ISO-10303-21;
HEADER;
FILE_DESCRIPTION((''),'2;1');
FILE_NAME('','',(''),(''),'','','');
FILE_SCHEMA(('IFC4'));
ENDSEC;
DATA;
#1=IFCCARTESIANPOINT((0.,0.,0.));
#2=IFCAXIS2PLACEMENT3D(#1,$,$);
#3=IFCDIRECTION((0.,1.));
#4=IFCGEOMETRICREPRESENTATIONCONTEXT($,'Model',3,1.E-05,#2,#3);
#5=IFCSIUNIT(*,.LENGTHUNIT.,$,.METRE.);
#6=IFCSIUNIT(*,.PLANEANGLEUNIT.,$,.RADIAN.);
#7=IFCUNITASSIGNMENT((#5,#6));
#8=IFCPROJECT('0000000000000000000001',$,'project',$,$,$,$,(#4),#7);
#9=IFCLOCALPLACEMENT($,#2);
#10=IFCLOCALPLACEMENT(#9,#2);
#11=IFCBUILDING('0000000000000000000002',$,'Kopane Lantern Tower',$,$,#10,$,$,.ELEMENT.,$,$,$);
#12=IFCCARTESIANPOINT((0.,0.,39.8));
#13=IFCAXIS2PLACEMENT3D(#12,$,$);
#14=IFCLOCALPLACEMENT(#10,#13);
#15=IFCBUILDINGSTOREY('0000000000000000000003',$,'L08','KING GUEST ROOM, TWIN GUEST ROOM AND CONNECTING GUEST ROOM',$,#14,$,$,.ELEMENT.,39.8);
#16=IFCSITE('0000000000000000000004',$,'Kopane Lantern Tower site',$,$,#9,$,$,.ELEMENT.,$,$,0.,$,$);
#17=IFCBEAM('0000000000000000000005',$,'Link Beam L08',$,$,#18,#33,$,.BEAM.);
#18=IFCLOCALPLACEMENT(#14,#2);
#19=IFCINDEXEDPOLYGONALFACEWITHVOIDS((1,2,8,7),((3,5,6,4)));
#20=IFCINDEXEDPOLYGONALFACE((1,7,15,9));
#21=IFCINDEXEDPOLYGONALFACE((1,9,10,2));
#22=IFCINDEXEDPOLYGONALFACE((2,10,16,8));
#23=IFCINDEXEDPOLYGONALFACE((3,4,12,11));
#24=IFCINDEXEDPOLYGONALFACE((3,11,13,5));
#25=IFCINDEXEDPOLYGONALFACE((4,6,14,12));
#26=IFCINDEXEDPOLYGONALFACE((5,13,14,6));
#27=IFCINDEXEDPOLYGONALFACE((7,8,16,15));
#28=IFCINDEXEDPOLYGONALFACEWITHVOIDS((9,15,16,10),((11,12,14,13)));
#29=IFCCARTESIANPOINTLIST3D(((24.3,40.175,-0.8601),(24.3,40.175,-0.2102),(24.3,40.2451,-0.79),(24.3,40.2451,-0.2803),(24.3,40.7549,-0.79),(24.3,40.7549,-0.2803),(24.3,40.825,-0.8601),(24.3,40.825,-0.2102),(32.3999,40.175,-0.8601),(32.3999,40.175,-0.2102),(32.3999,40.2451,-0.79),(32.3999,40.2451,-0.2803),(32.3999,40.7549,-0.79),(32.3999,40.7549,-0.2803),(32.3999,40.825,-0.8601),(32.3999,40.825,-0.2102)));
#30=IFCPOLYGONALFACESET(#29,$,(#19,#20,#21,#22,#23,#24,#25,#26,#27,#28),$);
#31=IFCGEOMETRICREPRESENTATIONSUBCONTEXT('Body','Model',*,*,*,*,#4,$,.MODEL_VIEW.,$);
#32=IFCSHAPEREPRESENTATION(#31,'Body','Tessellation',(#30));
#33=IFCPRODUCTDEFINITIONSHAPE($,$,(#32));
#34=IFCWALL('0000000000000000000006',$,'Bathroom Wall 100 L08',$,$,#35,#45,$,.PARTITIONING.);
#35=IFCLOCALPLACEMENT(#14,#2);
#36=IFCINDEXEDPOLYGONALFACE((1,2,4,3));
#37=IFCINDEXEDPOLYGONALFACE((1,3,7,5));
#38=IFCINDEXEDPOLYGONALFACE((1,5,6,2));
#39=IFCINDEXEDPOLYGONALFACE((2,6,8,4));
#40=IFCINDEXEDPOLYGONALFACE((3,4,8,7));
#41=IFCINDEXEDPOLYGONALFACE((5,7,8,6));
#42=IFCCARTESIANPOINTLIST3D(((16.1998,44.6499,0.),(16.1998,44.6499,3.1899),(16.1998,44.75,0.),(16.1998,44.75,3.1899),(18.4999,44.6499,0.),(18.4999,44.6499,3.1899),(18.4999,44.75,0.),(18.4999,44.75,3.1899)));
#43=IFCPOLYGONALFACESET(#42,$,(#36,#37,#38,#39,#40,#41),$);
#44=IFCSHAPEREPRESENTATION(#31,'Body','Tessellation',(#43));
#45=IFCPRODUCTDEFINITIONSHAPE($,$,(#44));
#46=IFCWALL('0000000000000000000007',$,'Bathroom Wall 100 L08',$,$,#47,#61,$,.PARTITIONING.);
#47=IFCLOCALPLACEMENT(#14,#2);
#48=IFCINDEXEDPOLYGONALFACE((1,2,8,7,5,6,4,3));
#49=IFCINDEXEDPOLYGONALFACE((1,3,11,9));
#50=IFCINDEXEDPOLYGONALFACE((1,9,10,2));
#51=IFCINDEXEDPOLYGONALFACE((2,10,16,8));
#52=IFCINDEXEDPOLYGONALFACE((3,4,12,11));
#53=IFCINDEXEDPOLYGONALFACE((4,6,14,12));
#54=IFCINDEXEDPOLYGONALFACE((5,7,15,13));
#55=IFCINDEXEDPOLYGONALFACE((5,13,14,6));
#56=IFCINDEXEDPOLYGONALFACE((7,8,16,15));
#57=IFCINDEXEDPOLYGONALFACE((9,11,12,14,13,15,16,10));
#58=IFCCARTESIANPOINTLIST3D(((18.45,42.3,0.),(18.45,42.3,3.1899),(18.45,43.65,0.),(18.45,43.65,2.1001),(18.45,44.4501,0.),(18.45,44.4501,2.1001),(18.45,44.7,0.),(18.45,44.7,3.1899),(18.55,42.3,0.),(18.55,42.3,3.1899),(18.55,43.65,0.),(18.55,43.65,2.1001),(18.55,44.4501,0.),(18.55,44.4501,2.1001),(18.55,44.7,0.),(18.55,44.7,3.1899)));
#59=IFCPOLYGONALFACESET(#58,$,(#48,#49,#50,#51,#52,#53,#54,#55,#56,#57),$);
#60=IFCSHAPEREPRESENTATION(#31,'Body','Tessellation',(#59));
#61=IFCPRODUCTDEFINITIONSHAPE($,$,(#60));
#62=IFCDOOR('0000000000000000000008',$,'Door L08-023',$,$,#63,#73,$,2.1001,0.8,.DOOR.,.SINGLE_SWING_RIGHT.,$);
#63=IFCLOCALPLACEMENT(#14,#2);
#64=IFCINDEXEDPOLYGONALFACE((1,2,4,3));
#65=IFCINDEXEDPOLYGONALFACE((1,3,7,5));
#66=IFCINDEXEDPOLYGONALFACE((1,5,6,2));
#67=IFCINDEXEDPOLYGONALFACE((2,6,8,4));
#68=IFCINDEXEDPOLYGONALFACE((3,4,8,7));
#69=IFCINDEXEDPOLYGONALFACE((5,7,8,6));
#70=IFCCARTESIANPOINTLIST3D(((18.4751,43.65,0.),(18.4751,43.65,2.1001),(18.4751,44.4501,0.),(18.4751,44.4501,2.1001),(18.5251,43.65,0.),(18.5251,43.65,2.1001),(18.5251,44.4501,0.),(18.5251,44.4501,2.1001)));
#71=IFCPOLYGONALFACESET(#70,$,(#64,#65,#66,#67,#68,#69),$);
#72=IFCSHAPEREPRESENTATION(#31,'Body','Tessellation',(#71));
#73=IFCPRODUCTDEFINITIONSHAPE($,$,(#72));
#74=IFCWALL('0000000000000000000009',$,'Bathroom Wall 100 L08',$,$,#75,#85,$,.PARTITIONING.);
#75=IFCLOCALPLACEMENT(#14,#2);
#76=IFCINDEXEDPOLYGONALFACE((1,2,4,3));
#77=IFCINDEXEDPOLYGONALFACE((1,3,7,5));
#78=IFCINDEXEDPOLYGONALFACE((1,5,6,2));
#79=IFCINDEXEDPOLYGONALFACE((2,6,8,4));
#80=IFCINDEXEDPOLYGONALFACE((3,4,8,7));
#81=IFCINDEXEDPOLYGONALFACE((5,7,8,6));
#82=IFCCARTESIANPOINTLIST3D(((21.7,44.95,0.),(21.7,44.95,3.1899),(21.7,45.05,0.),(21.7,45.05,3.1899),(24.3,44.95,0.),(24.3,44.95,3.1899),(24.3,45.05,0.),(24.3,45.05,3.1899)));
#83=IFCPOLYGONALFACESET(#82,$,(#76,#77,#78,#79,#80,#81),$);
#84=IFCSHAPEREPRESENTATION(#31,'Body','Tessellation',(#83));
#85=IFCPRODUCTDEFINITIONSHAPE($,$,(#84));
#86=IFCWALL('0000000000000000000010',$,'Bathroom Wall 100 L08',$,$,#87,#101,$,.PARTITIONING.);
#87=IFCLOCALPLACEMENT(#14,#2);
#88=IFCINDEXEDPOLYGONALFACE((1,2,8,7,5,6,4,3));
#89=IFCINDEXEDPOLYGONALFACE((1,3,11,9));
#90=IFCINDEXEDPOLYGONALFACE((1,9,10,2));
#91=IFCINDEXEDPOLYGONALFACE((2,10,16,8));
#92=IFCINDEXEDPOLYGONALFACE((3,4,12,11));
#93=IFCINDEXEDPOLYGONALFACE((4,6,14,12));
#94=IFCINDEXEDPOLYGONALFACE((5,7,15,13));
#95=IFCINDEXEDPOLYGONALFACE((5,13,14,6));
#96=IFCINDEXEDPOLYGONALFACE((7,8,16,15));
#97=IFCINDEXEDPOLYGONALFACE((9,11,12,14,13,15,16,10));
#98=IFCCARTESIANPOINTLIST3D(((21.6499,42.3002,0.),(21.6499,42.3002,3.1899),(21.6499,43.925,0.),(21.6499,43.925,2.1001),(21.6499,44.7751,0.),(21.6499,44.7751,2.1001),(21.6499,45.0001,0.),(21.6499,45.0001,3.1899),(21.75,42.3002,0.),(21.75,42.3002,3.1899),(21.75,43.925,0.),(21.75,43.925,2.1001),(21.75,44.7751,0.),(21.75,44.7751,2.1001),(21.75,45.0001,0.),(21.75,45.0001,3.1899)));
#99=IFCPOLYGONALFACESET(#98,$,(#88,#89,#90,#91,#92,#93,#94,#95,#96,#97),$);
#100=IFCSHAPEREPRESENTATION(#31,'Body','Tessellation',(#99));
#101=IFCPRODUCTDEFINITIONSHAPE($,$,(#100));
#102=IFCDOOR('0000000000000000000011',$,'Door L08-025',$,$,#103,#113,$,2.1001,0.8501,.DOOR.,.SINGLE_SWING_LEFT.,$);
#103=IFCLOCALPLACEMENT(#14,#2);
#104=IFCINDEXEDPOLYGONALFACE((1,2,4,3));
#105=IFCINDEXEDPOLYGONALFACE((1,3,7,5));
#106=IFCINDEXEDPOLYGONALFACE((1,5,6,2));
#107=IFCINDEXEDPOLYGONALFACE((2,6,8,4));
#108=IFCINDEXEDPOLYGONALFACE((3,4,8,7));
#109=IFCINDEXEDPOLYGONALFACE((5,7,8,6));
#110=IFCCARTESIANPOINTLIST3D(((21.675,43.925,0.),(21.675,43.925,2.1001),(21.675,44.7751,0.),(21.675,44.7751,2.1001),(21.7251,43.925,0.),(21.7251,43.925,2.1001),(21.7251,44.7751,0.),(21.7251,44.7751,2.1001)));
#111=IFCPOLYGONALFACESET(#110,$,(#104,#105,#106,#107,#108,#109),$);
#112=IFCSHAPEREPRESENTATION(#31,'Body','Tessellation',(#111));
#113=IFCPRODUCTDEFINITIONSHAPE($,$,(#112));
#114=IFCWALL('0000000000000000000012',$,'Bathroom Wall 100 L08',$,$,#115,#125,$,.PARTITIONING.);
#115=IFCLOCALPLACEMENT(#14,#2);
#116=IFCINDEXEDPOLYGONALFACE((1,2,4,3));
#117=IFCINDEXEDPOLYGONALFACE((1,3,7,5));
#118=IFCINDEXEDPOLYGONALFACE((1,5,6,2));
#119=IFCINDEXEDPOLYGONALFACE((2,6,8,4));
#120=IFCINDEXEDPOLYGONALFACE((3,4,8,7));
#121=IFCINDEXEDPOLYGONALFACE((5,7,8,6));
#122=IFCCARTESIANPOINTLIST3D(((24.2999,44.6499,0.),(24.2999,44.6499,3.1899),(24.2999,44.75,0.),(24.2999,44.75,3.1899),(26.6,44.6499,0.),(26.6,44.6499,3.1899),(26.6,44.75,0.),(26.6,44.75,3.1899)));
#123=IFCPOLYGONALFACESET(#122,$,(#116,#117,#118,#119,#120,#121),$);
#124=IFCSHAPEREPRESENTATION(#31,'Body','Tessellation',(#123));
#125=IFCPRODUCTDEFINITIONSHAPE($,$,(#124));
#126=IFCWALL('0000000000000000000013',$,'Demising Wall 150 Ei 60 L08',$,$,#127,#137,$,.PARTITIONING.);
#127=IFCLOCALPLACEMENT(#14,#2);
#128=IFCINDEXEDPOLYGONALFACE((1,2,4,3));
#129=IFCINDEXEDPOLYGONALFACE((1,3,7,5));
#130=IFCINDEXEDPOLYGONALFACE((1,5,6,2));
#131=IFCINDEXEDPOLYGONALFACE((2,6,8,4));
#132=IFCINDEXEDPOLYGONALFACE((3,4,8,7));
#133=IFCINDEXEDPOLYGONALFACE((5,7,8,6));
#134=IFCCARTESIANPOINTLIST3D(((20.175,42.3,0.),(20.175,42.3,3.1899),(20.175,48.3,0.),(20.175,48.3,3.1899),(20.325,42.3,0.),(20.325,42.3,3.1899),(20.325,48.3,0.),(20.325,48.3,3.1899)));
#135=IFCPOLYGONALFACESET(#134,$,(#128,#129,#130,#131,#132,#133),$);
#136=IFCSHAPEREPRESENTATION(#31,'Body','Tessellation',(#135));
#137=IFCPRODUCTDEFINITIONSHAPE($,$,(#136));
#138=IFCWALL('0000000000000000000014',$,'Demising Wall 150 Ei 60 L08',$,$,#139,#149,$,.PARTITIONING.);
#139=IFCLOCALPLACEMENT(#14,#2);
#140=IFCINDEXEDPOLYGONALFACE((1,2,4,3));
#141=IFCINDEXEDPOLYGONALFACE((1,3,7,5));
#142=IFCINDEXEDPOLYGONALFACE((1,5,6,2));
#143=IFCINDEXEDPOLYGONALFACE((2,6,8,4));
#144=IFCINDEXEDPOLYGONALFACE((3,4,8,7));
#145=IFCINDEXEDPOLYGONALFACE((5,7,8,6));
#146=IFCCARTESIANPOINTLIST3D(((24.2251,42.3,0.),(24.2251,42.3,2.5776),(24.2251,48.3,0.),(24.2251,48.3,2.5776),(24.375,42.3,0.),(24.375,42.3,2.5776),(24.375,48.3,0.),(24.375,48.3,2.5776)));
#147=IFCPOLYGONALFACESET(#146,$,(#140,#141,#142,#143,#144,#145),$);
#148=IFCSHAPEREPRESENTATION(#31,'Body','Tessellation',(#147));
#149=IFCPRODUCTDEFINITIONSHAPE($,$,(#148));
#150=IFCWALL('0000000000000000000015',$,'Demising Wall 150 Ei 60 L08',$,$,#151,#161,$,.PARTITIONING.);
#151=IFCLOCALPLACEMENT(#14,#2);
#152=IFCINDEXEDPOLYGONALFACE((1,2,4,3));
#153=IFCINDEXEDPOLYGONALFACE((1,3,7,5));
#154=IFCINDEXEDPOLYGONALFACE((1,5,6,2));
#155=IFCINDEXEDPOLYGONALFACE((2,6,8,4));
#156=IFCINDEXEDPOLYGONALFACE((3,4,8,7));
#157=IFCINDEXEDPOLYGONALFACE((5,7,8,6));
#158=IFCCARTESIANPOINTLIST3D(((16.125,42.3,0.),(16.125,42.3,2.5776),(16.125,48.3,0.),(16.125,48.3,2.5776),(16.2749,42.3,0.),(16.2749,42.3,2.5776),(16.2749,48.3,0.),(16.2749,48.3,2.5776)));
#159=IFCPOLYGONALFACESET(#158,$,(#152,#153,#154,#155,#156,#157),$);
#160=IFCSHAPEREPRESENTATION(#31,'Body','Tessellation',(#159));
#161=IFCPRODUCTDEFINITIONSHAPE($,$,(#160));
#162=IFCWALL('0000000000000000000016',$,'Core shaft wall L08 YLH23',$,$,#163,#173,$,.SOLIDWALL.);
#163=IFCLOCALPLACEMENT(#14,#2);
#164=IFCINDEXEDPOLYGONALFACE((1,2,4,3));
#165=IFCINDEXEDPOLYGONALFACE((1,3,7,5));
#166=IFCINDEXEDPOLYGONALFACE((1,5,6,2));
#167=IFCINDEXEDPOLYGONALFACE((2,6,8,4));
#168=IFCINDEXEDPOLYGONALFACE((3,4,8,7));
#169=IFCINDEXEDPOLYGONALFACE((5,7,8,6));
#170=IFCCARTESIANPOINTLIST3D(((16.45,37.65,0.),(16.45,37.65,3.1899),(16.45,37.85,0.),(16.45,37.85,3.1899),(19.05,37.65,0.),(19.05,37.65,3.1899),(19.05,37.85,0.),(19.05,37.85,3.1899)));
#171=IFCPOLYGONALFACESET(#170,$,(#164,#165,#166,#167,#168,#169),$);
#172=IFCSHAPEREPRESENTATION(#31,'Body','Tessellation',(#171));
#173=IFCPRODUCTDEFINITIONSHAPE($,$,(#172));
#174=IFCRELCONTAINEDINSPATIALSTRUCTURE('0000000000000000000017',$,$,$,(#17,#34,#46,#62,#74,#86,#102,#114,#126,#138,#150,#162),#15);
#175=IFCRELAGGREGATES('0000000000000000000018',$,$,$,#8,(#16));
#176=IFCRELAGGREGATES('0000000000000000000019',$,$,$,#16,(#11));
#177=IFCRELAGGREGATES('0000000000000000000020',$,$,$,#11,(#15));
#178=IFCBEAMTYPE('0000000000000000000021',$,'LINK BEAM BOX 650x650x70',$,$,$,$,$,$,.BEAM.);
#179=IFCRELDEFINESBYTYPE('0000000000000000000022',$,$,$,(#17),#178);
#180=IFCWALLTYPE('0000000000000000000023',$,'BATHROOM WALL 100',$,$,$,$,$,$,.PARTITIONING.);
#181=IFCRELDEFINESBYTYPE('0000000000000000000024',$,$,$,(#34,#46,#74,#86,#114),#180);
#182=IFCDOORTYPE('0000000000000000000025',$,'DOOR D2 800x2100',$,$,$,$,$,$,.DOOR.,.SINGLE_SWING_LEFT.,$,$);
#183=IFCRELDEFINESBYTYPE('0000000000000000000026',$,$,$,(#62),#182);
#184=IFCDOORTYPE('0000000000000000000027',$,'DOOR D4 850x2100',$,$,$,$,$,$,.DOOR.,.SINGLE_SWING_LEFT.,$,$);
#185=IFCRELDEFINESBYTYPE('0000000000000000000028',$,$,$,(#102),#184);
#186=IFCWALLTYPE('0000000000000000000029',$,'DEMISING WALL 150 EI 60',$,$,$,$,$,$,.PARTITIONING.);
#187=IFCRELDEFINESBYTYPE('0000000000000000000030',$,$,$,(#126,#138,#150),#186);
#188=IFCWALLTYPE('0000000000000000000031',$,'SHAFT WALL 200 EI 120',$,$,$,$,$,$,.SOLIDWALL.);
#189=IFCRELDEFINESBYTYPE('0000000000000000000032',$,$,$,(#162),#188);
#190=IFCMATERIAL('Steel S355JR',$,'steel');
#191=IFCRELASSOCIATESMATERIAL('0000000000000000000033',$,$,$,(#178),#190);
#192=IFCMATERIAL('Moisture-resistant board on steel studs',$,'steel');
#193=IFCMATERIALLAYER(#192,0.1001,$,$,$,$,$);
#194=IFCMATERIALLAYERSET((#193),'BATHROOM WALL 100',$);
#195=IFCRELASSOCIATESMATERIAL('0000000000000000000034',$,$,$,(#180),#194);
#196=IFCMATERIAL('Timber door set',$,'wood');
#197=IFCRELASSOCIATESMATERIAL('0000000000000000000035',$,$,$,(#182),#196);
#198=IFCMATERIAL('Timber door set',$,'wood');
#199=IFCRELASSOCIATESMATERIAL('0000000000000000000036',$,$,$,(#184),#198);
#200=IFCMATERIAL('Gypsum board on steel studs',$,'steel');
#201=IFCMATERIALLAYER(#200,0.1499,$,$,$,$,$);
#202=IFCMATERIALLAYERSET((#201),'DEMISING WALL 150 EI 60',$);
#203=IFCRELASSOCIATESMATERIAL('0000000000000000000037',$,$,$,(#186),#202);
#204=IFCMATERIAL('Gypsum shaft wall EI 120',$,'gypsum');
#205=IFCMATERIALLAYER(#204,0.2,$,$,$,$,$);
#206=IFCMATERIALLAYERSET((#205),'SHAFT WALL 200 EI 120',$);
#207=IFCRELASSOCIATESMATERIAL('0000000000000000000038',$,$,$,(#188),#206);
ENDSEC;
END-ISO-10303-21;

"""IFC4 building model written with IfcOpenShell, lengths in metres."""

from ifc_helpers import new_model, si_unit, direction, frame, frame_2d, origin, origin_2d, place, context, subcontext, project, spatial, rectangle, hollow_rectangle, extrude, material, layer, layer_set, material_profile, profile_set, type_object, element, fill, save


model = new_model("IFC4")

# Units and contexts
model_context = context("Model", 3, precision=1e-05, world=origin(), true_north=direction((0.0, 1.0)))
body_context = subcontext(model_context, "Body", "Model", "MODEL_VIEW")
ifc_project = project(units=[si_unit("LENGTHUNIT", "METRE"), si_unit("PLANEANGLEUNIT", "RADIAN")], contexts=[model_context])

# Site, building, storey
site_placement = place(None, origin())
site = spatial("IfcSite", under=ifc_project, at=site_placement, Name="Kopane Lantern Tower site", CompositionType="ELEMENT", RefElevation=0.0)
building_placement = place(site_placement, origin())
building = spatial("IfcBuilding", under=site, at=building_placement, Name="Kopane Lantern Tower", CompositionType="ELEMENT")
storey_placement = place(building_placement, frame((0.0, 0.0, 39.8)))
storey = spatial("IfcBuildingStorey", under=building, at=storey_placement, Name="L08", Description="KING GUEST ROOM, TWIN GUEST ROOM AND CONNECTING GUEST ROOM", CompositionType="ELEMENT", Elevation=39.8)

# Beam
ifc_material_1 = material(Name="Steel S355JR", Category="steel")
ifc_material_profile_1 = material_profile(ifc_material_1, hollow_rectangle(XDim=0.6499, YDim=0.6499, WallThickness=0.0701, at=origin_2d()), Name="BOX 650x650x70")
ifc_profile_set_1 = profile_set([ifc_material_profile_1], Name="Steel S355JR")
beam_type_1 = type_object("IfcBeamType", Name="LINK BEAM BOX 650x650x70", PredefinedType="BEAM", material=ifc_profile_set_1)
beam_1_placement = place(storey_placement, frame((24.3, 40.5, -0.5352), z_axis=(1.0, 0.0, 0.0), x_axis=(0.0, 1.0, 0.0)))
element("IfcBeam", 1, at=beam_1_placement, inside=storey, type_object=beam_type_1, Name="Link Beam L08", PredefinedType="BEAM", context=body_context, shape_type="SweptSolid", body=[
    extrude(hollow_rectangle(XDim=0.6499, YDim=0.6499, WallThickness=0.0701, at=origin_2d()), origin(), (0.0, 0.0, 1.0), 8.0999),
])

# Wall
ifc_material_2 = material(Name="Moisture-resistant board on steel studs", Category="steel")
ifc_layer_1 = layer(ifc_material_2, 0.1001)
ifc_layer_set_1 = layer_set([ifc_layer_1], Name="BATHROOM WALL 100")
wall_type_1 = type_object("IfcWallType", Name="BATHROOM WALL 100", PredefinedType="PARTITIONING", material=ifc_layer_set_1)
wall_1_placement = place(storey_placement, frame((16.2, 44.7, 0.0), z_axis=(0.0, 0.0, 1.0), x_axis=(1.0, 0.0, 0.0)))
element("IfcWall", 2, at=wall_1_placement, inside=storey, type_object=wall_type_1, Name="Bathroom Wall 100 L08", PredefinedType="PARTITIONING", context=body_context, shape_type="SweptSolid", body=[
    extrude(rectangle(XDim=2.3, YDim=0.1001, at=frame_2d((1.1499, 0.0))), origin(), (0.0, 0.0, 1.0), 3.1899),
])

# Wall, opening, door
wall_2_placement = place(storey_placement, frame((18.5, 42.3, 0.0), z_axis=(0.0, 0.0, 1.0), x_axis=(0.0, 1.0, 0.0)))
wall_2 = element("IfcWall", 3, at=wall_2_placement, inside=storey, type_object=wall_type_1, Name="Bathroom Wall 100 L08", PredefinedType="PARTITIONING", context=body_context, shape_type="SweptSolid", body=[
    extrude(rectangle(XDim=2.3999, YDim=0.1001, at=frame_2d((1.2, 0.0))), origin(), (0.0, 0.0, 1.0), 3.1899),
])
opening_1_placement = place(wall_2_placement, frame((1.3501, 0.0, 0.0)))
opening_1 = element("IfcOpeningElement", 4, at=opening_1_placement, cuts=wall_2, PredefinedType="OPENING", context=body_context, shape_type="SweptSolid", body=[
    extrude(rectangle(XDim=0.8, YDim=2.1001, at=frame_2d((0.3999, 1.05))), frame((0.0, 0.0601, 0.0), z_axis=(0.0, -1.0, 0.0), x_axis=(1.0, 0.0, 0.0)), (0.0, 0.0, 1.0), 0.1201),
])
ifc_material_3 = material(Name="Timber door set", Category="wood")
door_type_1 = type_object("IfcDoorType", Name="DOOR D2 800x2100", OperationType="SINGLE_SWING_LEFT", PredefinedType="DOOR", material=ifc_material_3)
door_1_placement = place(opening_1_placement, origin())
door_1 = element("IfcDoor", 5, at=door_1_placement, inside=storey, type_object=door_type_1, Name="Door L08-023", OperationType="SINGLE_SWING_RIGHT", OverallHeight=2.1001, OverallWidth=0.8, PredefinedType="DOOR", context=body_context, shape_type="SweptSolid", body=[
    extrude(rectangle(XDim=0.8, YDim=2.1001, at=frame_2d((0.3999, 1.05))), frame((0.0, 0.0249, 0.0), z_axis=(0.0, -1.0, 0.0), x_axis=(1.0, 0.0, 0.0)), (0.0, 0.0, 1.0), 0.05),
])
fill(opening_1, door_1)

# Wall
wall_3_placement = place(storey_placement, frame((21.7, 45.0, 0.0), z_axis=(0.0, 0.0, 1.0), x_axis=(1.0, 0.0, 0.0)))
element("IfcWall", 6, at=wall_3_placement, inside=storey, type_object=wall_type_1, Name="Bathroom Wall 100 L08", PredefinedType="PARTITIONING", context=body_context, shape_type="SweptSolid", body=[
    extrude(rectangle(XDim=2.6001, YDim=0.1001, at=frame_2d((1.3, 0.0))), origin(), (0.0, 0.0, 1.0), 3.1899),
])

# Wall, opening, door
wall_4_placement = place(storey_placement, frame((21.7, 42.3, 0.0), z_axis=(0.0, 0.0, 1.0), x_axis=(0.0, 1.0, 0.0)))
wall_4 = element("IfcWall", 7, at=wall_4_placement, inside=storey, type_object=wall_type_1, Name="Bathroom Wall 100 L08", PredefinedType="PARTITIONING", context=body_context, shape_type="SweptSolid", body=[
    extrude(rectangle(XDim=2.7, YDim=0.1001, at=frame_2d((1.3501, 0.0))), origin(), (0.0, 0.0, 1.0), 3.1899),
])
opening_2_placement = place(wall_4_placement, frame((1.625, 0.0, 0.0)))
opening_2 = element("IfcOpeningElement", 8, at=opening_2_placement, cuts=wall_4, PredefinedType="OPENING", context=body_context, shape_type="SweptSolid", body=[
    extrude(rectangle(XDim=0.8501, YDim=2.1001, at=frame_2d((0.425, 1.05))), frame((0.0, 0.0601, 0.0), z_axis=(0.0, -1.0, 0.0), x_axis=(1.0, 0.0, 0.0)), (0.0, 0.0, 1.0), 0.1201),
])
ifc_material_4 = material(Name="Timber door set", Category="wood")
door_type_2 = type_object("IfcDoorType", Name="DOOR D4 850x2100", OperationType="SINGLE_SWING_LEFT", PredefinedType="DOOR", material=ifc_material_4)
door_2_placement = place(opening_2_placement, origin())
door_2 = element("IfcDoor", 9, at=door_2_placement, inside=storey, type_object=door_type_2, Name="Door L08-025", OperationType="SINGLE_SWING_LEFT", OverallHeight=2.1001, OverallWidth=0.8501, PredefinedType="DOOR", context=body_context, shape_type="SweptSolid", body=[
    extrude(rectangle(XDim=0.8501, YDim=2.1001, at=frame_2d((0.425, 1.05))), frame((0.0, 0.0249, 0.0), z_axis=(0.0, -1.0, 0.0), x_axis=(1.0, 0.0, 0.0)), (0.0, 0.0, 1.0), 0.05),
])
fill(opening_2, door_2)

# Walls
wall_5_placement = place(storey_placement, frame((24.3, 44.7, 0.0), z_axis=(0.0, 0.0, 1.0), x_axis=(1.0, 0.0, 0.0)))
element("IfcWall", 10, at=wall_5_placement, inside=storey, type_object=wall_type_1, Name="Bathroom Wall 100 L08", PredefinedType="PARTITIONING", context=body_context, shape_type="SweptSolid", body=[
    extrude(rectangle(XDim=2.3, YDim=0.1001, at=frame_2d((1.1499, 0.0))), origin(), (0.0, 0.0, 1.0), 3.1899),
])
ifc_material_5 = material(Name="Gypsum board on steel studs", Category="steel")
ifc_layer_2 = layer(ifc_material_5, 0.1499)
ifc_layer_set_2 = layer_set([ifc_layer_2], Name="DEMISING WALL 150 EI 60")
wall_type_2 = type_object("IfcWallType", Name="DEMISING WALL 150 EI 60", PredefinedType="PARTITIONING", material=ifc_layer_set_2)
wall_6_placement = place(storey_placement, frame((20.25, 42.3, 0.0), z_axis=(0.0, 0.0, 1.0), x_axis=(0.0, 1.0, 0.0)))
element("IfcWall", 11, at=wall_6_placement, inside=storey, type_object=wall_type_2, Name="Demising Wall 150 Ei 60 L08", PredefinedType="PARTITIONING", context=body_context, shape_type="SweptSolid", body=[
    extrude(rectangle(XDim=6.0, YDim=0.1499, at=frame_2d((3.0, 0.0))), origin(), (0.0, 0.0, 1.0), 3.1899),
])
for number, where, z_axis, x_axis, name in (
    (12, (24.3, 42.3, 0.0), (0.0, 0.0, 1.0), (0.0, 1.0, 0.0), "Demising Wall 150 Ei 60 L08"),
    (13, (16.2, 42.3, 0.0), (0.0, 0.0, 1.0), (0.0, 1.0, 0.0), "Demising Wall 150 Ei 60 L08"),
):
    element("IfcWall", number, at=place(storey_placement, frame(where, z_axis=z_axis, x_axis=x_axis)), inside=storey, type_object=wall_type_2, Name=name, PredefinedType="PARTITIONING", context=body_context, shape_type="SweptSolid", body=[
        extrude(rectangle(XDim=6.0, YDim=0.1499, at=frame_2d((3.0, 0.0))), origin(), (0.0, 0.0, 1.0), 2.5776),
    ])
ifc_material_6 = material(Name="Gypsum shaft wall EI 120", Category="gypsum")
ifc_layer_3 = layer(ifc_material_6, 0.2)
ifc_layer_set_3 = layer_set([ifc_layer_3], Name="SHAFT WALL 200 EI 120")
wall_type_3 = type_object("IfcWallType", Name="SHAFT WALL 200 EI 120", PredefinedType="SOLIDWALL", material=ifc_layer_set_3)
wall_7_placement = place(storey_placement, frame((16.45, 37.75, 0.0), z_axis=(0.0, 0.0, 1.0), x_axis=(1.0, 0.0, 0.0)))
element("IfcWall", 14, at=wall_7_placement, inside=storey, type_object=wall_type_3, Name="Core shaft wall L08 YLH23", PredefinedType="SOLIDWALL", context=body_context, shape_type="SweptSolid", body=[
    extrude(rectangle(XDim=2.6001, YDim=0.2, at=frame_2d((1.3, 0.0))), origin(), (0.0, 0.0, 1.0), 3.1899),
])

save(model, "model.ifc")
